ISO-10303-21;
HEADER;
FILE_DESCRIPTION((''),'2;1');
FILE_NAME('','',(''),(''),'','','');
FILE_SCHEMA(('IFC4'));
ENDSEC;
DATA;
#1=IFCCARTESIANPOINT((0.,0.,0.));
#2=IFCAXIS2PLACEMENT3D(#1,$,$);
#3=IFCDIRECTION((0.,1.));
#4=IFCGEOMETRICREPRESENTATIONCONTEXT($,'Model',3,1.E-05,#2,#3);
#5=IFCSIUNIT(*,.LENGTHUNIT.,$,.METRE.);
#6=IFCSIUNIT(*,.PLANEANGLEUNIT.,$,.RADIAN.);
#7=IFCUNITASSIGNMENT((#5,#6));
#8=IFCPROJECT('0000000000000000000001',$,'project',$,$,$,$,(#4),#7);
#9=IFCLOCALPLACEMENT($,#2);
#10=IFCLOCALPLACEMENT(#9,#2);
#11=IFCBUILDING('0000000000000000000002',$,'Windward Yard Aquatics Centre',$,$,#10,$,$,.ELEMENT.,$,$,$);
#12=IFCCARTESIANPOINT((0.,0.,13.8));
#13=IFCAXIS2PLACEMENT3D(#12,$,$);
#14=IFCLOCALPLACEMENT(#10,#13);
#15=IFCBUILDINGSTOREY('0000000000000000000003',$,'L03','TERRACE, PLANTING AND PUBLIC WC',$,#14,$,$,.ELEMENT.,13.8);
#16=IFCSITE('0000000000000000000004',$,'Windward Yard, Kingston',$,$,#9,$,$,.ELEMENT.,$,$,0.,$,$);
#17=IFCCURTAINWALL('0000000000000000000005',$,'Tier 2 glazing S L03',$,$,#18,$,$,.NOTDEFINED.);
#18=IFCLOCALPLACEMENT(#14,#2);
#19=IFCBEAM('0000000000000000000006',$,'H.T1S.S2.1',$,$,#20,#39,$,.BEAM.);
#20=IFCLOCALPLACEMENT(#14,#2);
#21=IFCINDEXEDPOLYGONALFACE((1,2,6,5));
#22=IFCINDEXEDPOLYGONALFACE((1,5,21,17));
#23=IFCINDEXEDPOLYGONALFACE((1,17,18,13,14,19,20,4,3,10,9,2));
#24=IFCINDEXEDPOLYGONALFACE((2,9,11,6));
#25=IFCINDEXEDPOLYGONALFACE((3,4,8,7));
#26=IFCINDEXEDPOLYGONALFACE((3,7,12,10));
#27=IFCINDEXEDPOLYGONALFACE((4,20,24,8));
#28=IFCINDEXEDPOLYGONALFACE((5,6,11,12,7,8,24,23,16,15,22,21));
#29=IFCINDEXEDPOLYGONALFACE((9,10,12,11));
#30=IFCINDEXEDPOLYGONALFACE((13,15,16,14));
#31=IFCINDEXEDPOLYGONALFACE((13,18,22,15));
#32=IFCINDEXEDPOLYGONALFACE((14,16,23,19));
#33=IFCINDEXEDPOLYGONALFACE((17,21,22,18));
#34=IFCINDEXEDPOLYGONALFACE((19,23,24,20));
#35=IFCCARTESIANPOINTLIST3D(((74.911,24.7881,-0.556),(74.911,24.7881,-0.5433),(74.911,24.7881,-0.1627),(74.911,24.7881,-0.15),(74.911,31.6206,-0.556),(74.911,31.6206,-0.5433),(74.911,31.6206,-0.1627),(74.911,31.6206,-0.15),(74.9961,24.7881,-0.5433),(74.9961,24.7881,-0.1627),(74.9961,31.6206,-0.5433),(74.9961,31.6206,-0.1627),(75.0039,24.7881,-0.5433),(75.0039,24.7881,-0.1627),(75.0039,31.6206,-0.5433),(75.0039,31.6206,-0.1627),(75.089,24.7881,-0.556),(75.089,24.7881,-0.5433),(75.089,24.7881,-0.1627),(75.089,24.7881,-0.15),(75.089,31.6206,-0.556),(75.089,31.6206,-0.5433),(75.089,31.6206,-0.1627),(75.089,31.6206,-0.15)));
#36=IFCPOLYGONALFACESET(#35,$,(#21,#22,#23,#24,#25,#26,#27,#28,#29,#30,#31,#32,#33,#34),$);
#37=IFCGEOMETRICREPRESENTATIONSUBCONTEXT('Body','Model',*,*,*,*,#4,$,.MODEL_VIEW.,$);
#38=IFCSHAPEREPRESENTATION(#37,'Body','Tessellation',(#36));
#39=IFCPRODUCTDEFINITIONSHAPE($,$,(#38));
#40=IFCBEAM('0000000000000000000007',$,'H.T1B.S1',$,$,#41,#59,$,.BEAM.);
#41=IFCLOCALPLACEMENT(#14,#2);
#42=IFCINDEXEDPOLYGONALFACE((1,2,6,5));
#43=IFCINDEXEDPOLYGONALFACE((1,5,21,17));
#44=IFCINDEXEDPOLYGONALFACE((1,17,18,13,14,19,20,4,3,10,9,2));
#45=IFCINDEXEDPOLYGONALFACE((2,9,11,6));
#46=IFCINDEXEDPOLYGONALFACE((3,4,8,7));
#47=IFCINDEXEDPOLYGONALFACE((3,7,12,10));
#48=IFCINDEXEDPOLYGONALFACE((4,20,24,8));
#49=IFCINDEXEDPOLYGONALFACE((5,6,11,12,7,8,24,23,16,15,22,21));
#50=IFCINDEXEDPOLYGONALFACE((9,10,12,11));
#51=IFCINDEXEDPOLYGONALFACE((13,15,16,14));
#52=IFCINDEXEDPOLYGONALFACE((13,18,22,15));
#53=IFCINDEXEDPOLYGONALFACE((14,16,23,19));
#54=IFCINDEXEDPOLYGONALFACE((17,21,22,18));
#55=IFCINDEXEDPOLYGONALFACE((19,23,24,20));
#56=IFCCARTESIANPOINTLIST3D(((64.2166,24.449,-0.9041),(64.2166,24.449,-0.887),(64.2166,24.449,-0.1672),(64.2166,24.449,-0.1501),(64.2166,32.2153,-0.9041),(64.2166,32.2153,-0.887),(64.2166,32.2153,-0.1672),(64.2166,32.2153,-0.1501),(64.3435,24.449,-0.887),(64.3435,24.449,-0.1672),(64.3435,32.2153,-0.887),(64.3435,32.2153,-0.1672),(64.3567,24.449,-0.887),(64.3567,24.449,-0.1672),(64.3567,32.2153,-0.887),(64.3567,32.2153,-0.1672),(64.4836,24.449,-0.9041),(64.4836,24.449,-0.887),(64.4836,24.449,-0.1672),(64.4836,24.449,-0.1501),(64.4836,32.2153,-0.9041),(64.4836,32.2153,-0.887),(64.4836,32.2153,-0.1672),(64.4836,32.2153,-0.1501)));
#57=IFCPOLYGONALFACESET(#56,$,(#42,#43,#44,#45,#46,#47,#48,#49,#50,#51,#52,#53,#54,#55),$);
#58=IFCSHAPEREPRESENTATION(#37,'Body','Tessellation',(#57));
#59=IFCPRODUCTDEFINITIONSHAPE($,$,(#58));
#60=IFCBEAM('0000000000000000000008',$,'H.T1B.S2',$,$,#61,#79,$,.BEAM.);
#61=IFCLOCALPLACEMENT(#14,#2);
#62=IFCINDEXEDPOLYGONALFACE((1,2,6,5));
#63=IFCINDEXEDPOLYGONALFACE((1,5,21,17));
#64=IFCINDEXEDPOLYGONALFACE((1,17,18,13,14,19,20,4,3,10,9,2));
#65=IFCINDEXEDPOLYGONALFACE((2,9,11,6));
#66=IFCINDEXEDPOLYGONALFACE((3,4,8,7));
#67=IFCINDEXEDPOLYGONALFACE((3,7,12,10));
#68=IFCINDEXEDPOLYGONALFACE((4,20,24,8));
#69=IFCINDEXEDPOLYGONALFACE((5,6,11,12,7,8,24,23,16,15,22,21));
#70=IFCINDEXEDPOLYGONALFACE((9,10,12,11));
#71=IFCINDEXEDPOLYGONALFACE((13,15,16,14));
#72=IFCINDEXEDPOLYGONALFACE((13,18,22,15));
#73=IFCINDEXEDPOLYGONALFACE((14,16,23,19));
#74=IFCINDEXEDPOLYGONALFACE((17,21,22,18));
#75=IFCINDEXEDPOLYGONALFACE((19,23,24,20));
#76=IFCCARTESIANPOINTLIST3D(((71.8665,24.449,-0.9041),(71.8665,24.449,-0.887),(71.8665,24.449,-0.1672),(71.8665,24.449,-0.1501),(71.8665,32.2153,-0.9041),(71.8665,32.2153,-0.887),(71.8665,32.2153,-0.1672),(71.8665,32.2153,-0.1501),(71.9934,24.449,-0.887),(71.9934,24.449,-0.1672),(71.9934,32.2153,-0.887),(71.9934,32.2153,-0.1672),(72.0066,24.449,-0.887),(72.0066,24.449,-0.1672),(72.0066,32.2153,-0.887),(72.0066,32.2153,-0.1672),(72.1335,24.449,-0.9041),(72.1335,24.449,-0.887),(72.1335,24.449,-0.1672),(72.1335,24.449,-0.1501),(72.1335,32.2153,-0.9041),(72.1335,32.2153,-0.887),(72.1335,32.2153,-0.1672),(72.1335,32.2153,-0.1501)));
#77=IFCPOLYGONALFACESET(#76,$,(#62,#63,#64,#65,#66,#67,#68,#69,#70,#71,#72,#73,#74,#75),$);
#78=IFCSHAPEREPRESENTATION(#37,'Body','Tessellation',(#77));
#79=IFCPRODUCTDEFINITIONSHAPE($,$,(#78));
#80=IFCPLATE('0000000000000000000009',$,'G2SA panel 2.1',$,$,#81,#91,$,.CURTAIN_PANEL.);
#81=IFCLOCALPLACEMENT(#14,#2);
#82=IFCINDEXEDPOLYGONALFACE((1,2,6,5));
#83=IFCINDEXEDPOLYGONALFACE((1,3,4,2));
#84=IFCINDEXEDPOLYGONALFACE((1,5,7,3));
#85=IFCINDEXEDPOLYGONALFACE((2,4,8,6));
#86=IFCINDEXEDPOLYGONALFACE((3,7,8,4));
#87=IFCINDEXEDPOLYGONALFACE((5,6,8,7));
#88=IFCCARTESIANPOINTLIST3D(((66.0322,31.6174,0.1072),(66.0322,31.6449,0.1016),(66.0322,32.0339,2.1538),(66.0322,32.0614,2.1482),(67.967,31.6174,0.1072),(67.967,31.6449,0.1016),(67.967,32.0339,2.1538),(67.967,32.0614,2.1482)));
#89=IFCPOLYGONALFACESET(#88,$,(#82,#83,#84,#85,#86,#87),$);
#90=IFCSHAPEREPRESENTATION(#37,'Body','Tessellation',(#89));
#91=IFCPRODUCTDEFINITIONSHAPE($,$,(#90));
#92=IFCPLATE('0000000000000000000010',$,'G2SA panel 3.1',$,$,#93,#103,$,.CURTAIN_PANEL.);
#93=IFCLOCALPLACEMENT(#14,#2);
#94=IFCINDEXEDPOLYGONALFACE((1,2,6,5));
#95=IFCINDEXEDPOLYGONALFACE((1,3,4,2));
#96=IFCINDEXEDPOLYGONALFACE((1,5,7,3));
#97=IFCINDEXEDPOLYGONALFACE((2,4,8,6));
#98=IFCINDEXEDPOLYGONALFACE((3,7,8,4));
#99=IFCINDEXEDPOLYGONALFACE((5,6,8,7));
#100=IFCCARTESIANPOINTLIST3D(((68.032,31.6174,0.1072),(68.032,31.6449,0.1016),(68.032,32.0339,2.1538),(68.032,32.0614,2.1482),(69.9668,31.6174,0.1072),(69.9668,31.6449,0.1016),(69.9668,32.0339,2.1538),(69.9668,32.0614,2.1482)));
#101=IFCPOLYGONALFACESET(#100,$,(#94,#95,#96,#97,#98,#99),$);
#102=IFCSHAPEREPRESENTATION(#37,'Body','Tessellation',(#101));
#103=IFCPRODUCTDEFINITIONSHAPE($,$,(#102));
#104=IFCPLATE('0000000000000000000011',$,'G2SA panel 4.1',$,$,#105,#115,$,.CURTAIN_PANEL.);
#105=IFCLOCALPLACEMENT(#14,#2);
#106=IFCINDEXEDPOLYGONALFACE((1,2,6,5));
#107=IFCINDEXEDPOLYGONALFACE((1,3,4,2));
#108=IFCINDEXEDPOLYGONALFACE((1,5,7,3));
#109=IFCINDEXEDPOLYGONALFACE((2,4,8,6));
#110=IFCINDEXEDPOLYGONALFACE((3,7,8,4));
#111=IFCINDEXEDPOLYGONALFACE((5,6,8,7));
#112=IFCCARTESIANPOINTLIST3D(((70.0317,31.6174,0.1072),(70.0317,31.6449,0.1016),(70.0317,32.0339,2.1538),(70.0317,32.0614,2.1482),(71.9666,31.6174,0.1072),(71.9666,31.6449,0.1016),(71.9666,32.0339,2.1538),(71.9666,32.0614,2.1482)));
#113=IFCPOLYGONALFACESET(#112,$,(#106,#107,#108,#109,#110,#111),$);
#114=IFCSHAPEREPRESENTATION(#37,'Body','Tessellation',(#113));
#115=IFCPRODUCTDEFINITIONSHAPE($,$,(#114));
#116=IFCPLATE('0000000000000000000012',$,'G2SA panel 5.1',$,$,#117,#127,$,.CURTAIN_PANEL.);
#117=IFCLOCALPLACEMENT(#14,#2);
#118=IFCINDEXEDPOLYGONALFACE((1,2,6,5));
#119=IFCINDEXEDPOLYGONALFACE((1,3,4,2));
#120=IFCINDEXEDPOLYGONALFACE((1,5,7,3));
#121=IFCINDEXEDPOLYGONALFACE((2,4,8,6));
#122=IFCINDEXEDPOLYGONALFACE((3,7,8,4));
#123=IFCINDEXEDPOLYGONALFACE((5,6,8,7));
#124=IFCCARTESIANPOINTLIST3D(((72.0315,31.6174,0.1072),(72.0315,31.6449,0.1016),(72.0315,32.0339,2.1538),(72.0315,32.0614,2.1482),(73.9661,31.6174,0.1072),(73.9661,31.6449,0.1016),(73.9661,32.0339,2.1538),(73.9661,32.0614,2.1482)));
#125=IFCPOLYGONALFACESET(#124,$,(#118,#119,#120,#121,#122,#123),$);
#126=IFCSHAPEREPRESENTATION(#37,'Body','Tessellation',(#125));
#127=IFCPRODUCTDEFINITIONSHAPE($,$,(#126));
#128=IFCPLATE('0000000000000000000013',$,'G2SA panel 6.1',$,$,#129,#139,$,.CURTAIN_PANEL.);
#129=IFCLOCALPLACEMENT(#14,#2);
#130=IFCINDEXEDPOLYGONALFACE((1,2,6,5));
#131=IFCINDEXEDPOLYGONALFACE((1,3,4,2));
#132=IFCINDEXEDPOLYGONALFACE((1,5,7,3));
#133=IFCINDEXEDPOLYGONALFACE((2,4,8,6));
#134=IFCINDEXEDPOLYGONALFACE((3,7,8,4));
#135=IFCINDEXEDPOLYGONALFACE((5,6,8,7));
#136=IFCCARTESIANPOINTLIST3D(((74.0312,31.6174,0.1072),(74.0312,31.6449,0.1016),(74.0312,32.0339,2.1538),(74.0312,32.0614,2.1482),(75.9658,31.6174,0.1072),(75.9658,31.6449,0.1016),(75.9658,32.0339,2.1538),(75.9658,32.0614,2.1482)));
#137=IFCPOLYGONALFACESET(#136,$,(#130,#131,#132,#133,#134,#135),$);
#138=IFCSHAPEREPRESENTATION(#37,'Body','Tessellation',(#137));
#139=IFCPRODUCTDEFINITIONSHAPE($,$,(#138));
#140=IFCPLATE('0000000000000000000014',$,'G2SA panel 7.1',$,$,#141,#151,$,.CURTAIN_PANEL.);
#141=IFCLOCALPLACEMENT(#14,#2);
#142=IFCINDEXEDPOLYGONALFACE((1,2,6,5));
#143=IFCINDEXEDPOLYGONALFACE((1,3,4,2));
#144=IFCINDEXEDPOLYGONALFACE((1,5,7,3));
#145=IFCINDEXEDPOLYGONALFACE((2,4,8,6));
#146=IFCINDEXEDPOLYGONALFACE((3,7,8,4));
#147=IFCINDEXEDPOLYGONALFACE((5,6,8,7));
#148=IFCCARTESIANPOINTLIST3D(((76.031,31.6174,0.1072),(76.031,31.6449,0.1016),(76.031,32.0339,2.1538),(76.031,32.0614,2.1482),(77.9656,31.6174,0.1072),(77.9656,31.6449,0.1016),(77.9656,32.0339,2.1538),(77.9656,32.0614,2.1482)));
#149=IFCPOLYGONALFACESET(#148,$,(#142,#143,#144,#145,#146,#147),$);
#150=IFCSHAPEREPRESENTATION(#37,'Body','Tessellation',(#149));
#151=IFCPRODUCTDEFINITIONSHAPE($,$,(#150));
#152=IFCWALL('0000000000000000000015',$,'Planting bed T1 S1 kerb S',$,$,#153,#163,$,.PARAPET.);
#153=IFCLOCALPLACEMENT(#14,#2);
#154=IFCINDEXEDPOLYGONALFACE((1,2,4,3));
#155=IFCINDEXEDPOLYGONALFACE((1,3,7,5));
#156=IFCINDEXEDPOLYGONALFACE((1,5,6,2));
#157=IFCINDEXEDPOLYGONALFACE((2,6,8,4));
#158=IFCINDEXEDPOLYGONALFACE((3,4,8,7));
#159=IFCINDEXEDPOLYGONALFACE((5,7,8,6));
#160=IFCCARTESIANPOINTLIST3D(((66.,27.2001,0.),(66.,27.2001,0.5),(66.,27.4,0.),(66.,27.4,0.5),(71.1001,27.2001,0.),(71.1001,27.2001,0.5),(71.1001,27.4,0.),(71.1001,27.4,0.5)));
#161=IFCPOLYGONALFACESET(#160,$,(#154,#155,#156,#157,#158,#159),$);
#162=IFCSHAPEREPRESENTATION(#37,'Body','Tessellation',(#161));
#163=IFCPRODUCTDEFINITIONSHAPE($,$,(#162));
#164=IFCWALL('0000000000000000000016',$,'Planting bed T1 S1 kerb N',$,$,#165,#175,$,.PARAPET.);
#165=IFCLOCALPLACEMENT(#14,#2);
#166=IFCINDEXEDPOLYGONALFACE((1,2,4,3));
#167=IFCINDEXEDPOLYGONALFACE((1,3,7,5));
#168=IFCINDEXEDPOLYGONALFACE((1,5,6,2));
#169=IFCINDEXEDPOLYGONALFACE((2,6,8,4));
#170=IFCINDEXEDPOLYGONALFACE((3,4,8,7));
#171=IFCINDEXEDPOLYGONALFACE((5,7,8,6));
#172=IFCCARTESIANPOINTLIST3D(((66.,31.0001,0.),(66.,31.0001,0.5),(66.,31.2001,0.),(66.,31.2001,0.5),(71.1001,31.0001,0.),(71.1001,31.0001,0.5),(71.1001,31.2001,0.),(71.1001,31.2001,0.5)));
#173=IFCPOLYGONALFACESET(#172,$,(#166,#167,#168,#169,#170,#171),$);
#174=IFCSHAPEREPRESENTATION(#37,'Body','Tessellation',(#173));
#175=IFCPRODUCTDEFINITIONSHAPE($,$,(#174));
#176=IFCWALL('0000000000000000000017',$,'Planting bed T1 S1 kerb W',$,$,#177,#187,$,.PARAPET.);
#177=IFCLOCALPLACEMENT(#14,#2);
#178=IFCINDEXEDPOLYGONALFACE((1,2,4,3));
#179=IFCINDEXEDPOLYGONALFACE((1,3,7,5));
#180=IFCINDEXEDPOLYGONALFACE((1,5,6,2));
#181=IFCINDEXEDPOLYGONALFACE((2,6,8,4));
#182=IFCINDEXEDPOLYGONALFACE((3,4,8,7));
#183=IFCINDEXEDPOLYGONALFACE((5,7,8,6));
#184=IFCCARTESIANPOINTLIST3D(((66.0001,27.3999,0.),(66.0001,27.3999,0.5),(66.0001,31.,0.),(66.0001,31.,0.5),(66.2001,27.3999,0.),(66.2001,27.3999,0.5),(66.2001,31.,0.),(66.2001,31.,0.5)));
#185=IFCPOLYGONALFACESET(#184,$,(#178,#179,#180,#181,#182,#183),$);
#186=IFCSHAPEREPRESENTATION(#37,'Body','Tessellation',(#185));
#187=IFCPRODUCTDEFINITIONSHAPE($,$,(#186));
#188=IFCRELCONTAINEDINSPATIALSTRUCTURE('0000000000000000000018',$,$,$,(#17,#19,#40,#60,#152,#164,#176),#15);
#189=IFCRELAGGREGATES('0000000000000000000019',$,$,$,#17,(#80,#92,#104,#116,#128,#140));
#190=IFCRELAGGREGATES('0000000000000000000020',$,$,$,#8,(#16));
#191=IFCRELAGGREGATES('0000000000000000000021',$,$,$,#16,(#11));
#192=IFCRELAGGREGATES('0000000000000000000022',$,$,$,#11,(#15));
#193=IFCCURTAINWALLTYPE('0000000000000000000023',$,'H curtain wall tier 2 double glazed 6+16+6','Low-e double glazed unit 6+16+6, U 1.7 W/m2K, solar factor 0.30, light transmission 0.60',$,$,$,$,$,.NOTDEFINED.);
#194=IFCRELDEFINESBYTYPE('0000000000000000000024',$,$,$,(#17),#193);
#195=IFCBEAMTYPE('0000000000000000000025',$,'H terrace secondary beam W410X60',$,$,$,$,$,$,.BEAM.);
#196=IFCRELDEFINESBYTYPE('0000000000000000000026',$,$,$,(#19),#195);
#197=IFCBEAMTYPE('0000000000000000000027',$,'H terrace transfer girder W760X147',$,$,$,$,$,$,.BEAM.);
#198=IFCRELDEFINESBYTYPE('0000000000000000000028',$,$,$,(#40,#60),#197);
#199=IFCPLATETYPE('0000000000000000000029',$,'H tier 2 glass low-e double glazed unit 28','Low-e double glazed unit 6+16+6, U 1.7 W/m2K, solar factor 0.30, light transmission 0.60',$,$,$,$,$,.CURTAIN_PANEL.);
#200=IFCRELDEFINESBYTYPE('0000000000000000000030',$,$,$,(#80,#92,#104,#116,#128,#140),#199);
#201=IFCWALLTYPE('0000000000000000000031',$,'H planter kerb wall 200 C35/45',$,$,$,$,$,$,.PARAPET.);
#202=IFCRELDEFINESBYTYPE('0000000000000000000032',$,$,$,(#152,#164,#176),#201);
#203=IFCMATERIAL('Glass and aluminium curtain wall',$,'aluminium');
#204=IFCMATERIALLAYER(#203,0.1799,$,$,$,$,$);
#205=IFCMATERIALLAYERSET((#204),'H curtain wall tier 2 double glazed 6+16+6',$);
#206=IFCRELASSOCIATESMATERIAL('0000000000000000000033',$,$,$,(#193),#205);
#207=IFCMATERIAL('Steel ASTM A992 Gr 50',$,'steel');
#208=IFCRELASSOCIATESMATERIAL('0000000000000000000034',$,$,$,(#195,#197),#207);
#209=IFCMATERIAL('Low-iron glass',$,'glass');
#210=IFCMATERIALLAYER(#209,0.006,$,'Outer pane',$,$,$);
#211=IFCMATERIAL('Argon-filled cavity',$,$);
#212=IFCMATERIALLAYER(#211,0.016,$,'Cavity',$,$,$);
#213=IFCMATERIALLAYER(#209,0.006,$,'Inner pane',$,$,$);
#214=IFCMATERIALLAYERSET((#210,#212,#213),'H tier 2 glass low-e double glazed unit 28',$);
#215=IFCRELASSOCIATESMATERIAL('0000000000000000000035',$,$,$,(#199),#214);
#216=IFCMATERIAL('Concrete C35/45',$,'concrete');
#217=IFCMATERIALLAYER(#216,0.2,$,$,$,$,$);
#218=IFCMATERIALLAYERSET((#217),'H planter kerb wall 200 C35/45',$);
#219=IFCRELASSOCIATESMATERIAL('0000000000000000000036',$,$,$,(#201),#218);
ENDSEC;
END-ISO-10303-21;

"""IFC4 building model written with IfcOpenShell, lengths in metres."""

from ifc_helpers import new_model, si_unit, direction, frame, frame_2d, origin, origin_2d, place, context, subcontext, project, spatial, polyline, rectangle, i_section, outline, extrude, material, layer, layer_set, material_profile, profile_set, type_object, element, aggregate, save


model = new_model("IFC4")

# Units and contexts
model_context = context("Model", 3, precision=1e-05, world=origin(), true_north=direction((0.0, 1.0)))
body_context = subcontext(model_context, "Body", "Model", "MODEL_VIEW")
ifc_project = project(units=[si_unit("LENGTHUNIT", "METRE"), si_unit("PLANEANGLEUNIT", "RADIAN")], contexts=[model_context])

# Site, building, storey
site_placement = place(None, origin())
site = spatial("IfcSite", under=ifc_project, at=site_placement, Name="Windward Yard, Kingston", CompositionType="ELEMENT", RefElevation=0.0)
building_placement = place(site_placement, origin())
building = spatial("IfcBuilding", under=site, at=building_placement, Name="Windward Yard Aquatics Centre", CompositionType="ELEMENT")
storey_placement = place(building_placement, frame((0.0, 0.0, 13.8)))
storey = spatial("IfcBuildingStorey", under=building, at=storey_placement, Name="L03", Description="TERRACE, PLANTING AND PUBLIC WC", CompositionType="ELEMENT", Elevation=13.8)

# Curtain wall
ifc_material_1 = material(Name="Glass and aluminium curtain wall", Category="aluminium")
ifc_layer_1 = layer(ifc_material_1, 0.1799)
ifc_layer_set_1 = layer_set([ifc_layer_1], Name="H curtain wall tier 2 double glazed 6+16+6")
curtain_wall_type = type_object("IfcCurtainWallType", Name="H curtain wall tier 2 double glazed 6+16+6", Description="Low-e double glazed unit 6+16+6, U 1.7 W/m2K, solar factor 0.30, light transmission 0.60", PredefinedType="NOTDEFINED", material=ifc_layer_set_1)
curtain_wall_placement = place(storey_placement, origin())
curtain_wall = element("IfcCurtainWall", 1, at=curtain_wall_placement, inside=storey, type_object=curtain_wall_type, Name="Tier 2 glazing S L03", PredefinedType="NOTDEFINED")

# Beams
ifc_material_2 = material(Name="Steel ASTM A992 Gr 50", Category="steel")
ifc_material_profile_1 = material_profile(ifc_material_2, i_section(OverallWidth=0.178, OverallDepth=0.406, WebThickness=0.0078, FlangeThickness=0.0127, at=origin_2d()), Name="W410X60")
ifc_profile_set_1 = profile_set([ifc_material_profile_1], Name="Steel ASTM A992 Gr 50")
beam_type_1 = type_object("IfcBeamType", Name="H terrace secondary beam W410X60", PredefinedType="BEAM", material=ifc_profile_set_1)
beam_1_placement = place(storey_placement, frame((75.0, 24.7881, -0.353), z_axis=(0.0, 1.0, 0.0), x_axis=(-1.0, 0.0, 0.0)))
element("IfcBeam", 2, at=beam_1_placement, inside=storey, type_object=beam_type_1, Name="H.T1S.S2.1", PredefinedType="BEAM", context=body_context, shape_type="SweptSolid", body=[
    extrude(i_section(OverallWidth=0.178, OverallDepth=0.406, WebThickness=0.0078, FlangeThickness=0.0127, at=origin_2d()), origin(), (0.0, 0.0, 1.0), 6.8325),
])
ifc_material_profile_2 = material_profile(ifc_material_2, i_section(OverallWidth=0.2671, OverallDepth=0.7539, WebThickness=0.0132, FlangeThickness=0.0171, at=origin_2d()), Name="W760X147")
ifc_profile_set_2 = profile_set([ifc_material_profile_2], Name="Steel ASTM A992 Gr 50")
beam_type_2 = type_object("IfcBeamType", Name="H terrace transfer girder W760X147", PredefinedType="BEAM", material=ifc_profile_set_2)
for number, where, z_axis, x_axis, name in (
    (3, (64.3501, 24.449, -0.5271), (0.0, 1.0, 0.0), (-1.0, 0.0, 0.0), "H.T1B.S1"),
    (4, (72.0, 24.449, -0.5271), (0.0, 1.0, 0.0), (-1.0, 0.0, 0.0), "H.T1B.S2"),
):
    element("IfcBeam", number, at=place(storey_placement, frame(where, z_axis=z_axis, x_axis=x_axis)), inside=storey, type_object=beam_type_2, Name=name, PredefinedType="BEAM", context=body_context, shape_type="SweptSolid", body=[
        extrude(i_section(OverallWidth=0.2671, OverallDepth=0.7539, WebThickness=0.0132, FlangeThickness=0.0171, at=origin_2d()), origin(), (0.0, 0.0, 1.0), 7.7664),
    ])

# Plates
ifc_material_3 = material(Name="Low-iron glass", Category="glass")
ifc_layer_2 = layer(ifc_material_3, 0.006, Name="Outer pane")
ifc_material_4 = material(Name="Argon-filled cavity")
ifc_layer_3 = layer(ifc_material_4, 0.016, Name="Cavity")
ifc_layer_4 = layer(ifc_material_3, 0.006, Name="Inner pane")
ifc_layer_set_2 = layer_set([ifc_layer_2, ifc_layer_3, ifc_layer_4], Name="H tier 2 glass low-e double glazed unit 28")
plate_type = type_object("IfcPlateType", Name="H tier 2 glass low-e double glazed unit 28", Description="Low-e double glazed unit 6+16+6, U 1.7 W/m2K, solar factor 0.30, light transmission 0.60", PredefinedType="CURTAIN_PANEL", material=ifc_layer_set_2)
plate_1_placement = place(storey_placement, frame((66.0322, 31.6174, 0.1072), z_axis=(0.0, -0.979914, 0.199419), x_axis=(1.0, 0.0, 0.0)))
plate_1 = element("IfcPlate", 5, at=plate_1_placement, type_object=plate_type, Name="G2SA panel 2.1", PredefinedType="CURTAIN_PANEL", context=body_context, shape_type="SweptSolid", body=[
    extrude(outline(polyline([(0.0, 0.0), (1.9348, 0.0), (1.9348, 2.0886), (0.0, 2.0886), (0.0, 0.0)])), origin(), (0.0, 0.0, -1.0), 0.0281),
])
plate_2_placement = place(storey_placement, frame((68.032, 31.6174, 0.1072), z_axis=(0.0, -0.979914, 0.199419), x_axis=(1.0, 0.0, 0.0)))
plate_2 = element("IfcPlate", 6, at=plate_2_placement, type_object=plate_type, Name="G2SA panel 3.1", PredefinedType="CURTAIN_PANEL", context=body_context, shape_type="SweptSolid", body=[
    extrude(outline(polyline([(0.0, 0.0), (1.9348, 0.0), (1.9348, 2.0886), (0.0, 2.0886), (0.0, 0.0)])), origin(), (0.0, 0.0, -1.0), 0.0281),
])
plate_3_placement = place(storey_placement, frame((70.0317, 31.6174, 0.1072), z_axis=(0.0, -0.979914, 0.199419), x_axis=(1.0, 0.0, 0.0)))
plate_3 = element("IfcPlate", 7, at=plate_3_placement, type_object=plate_type, Name="G2SA panel 4.1", PredefinedType="CURTAIN_PANEL", context=body_context, shape_type="SweptSolid", body=[
    extrude(outline(polyline([(0.0, 0.0), (1.9348, 0.0), (1.9348, 2.0886), (0.0, 2.0886), (0.0, 0.0)])), origin(), (0.0, 0.0, -1.0), 0.0281),
])
plate_4_placement = place(storey_placement, frame((72.0315, 31.6174, 0.1072), z_axis=(0.0, -0.979914, 0.199419), x_axis=(1.0, 0.0, 0.0)))
plate_4 = element("IfcPlate", 8, at=plate_4_placement, type_object=plate_type, Name="G2SA panel 5.1", PredefinedType="CURTAIN_PANEL", context=body_context, shape_type="SweptSolid", body=[
    extrude(outline(polyline([(0.0, 0.0), (1.9346, 0.0), (1.9346, 2.0886), (0.0, 2.0886), (0.0, 0.0)])), origin(), (0.0, 0.0, -1.0), 0.0281),
])
plate_5_placement = place(storey_placement, frame((74.0312, 31.6174, 0.1072), z_axis=(0.0, -0.979914, 0.199419), x_axis=(1.0, 0.0, 0.0)))
plate_5 = element("IfcPlate", 9, at=plate_5_placement, type_object=plate_type, Name="G2SA panel 6.1", PredefinedType="CURTAIN_PANEL", context=body_context, shape_type="SweptSolid", body=[
    extrude(outline(polyline([(0.0, 0.0), (1.9346, 0.0), (1.9346, 2.0886), (0.0, 2.0886), (0.0, 0.0)])), origin(), (0.0, 0.0, -1.0), 0.0281),
])
plate_6_placement = place(storey_placement, frame((76.031, 31.6174, 0.1072), z_axis=(0.0, -0.979914, 0.199419), x_axis=(1.0, 0.0, 0.0)))
plate_6 = element("IfcPlate", 10, at=plate_6_placement, type_object=plate_type, Name="G2SA panel 7.1", PredefinedType="CURTAIN_PANEL", context=body_context, shape_type="SweptSolid", body=[
    extrude(outline(polyline([(0.0, 0.0), (1.9346, 0.0), (1.9346, 2.0886), (0.0, 2.0886), (0.0, 0.0)])), origin(), (0.0, 0.0, -1.0), 0.0281),
])
aggregate(curtain_wall, [plate_1, plate_2, plate_3, plate_4, plate_5, plate_6])

# Walls
ifc_material_5 = material(Name="Concrete C35/45", Category="concrete")
ifc_layer_5 = layer(ifc_material_5, 0.2)
ifc_layer_set_3 = layer_set([ifc_layer_5], Name="H planter kerb wall 200 C35/45")
wall_type = type_object("IfcWallType", Name="H planter kerb wall 200 C35/45", PredefinedType="PARAPET", material=ifc_layer_set_3)
for number, where, z_axis, x_axis, name in (
    (11, (66.0, 27.3, 0.0), (0.0, 0.0, 1.0), (1.0, 0.0, 0.0), "Planting bed T1 S1 kerb S"),
    (12, (66.0, 31.1001, 0.0), (0.0, 0.0, 1.0), (1.0, 0.0, 0.0), "Planting bed T1 S1 kerb N"),
):
    element("IfcWall", number, at=place(storey_placement, frame(where, z_axis=z_axis, x_axis=x_axis)), inside=storey, type_object=wall_type, Name=name, PredefinedType="PARAPET", context=body_context, shape_type="SweptSolid", body=[
        extrude(rectangle(XDim=5.1001, YDim=0.2, at=frame_2d((2.55, 0.0))), origin(), (0.0, 0.0, 1.0), 0.5),
    ])
for number, where, z_axis, x_axis, name in (
    (13, (66.1001, 27.3999, 0.0), (0.0, 0.0, 1.0), (0.0, 1.0, 0.0), "Planting bed T1 S1 kerb W"),
):
    element("IfcWall", number, at=place(storey_placement, frame(where, z_axis=z_axis, x_axis=x_axis)), inside=storey, type_object=wall_type, Name=name, PredefinedType="PARAPET", context=body_context, shape_type="SweptSolid", body=[
        extrude(rectangle(XDim=3.6001, YDim=0.2, at=frame_2d((1.8, 0.0))), origin(), (0.0, 0.0, 1.0), 0.5),
    ])

save(model, "model.ifc")
